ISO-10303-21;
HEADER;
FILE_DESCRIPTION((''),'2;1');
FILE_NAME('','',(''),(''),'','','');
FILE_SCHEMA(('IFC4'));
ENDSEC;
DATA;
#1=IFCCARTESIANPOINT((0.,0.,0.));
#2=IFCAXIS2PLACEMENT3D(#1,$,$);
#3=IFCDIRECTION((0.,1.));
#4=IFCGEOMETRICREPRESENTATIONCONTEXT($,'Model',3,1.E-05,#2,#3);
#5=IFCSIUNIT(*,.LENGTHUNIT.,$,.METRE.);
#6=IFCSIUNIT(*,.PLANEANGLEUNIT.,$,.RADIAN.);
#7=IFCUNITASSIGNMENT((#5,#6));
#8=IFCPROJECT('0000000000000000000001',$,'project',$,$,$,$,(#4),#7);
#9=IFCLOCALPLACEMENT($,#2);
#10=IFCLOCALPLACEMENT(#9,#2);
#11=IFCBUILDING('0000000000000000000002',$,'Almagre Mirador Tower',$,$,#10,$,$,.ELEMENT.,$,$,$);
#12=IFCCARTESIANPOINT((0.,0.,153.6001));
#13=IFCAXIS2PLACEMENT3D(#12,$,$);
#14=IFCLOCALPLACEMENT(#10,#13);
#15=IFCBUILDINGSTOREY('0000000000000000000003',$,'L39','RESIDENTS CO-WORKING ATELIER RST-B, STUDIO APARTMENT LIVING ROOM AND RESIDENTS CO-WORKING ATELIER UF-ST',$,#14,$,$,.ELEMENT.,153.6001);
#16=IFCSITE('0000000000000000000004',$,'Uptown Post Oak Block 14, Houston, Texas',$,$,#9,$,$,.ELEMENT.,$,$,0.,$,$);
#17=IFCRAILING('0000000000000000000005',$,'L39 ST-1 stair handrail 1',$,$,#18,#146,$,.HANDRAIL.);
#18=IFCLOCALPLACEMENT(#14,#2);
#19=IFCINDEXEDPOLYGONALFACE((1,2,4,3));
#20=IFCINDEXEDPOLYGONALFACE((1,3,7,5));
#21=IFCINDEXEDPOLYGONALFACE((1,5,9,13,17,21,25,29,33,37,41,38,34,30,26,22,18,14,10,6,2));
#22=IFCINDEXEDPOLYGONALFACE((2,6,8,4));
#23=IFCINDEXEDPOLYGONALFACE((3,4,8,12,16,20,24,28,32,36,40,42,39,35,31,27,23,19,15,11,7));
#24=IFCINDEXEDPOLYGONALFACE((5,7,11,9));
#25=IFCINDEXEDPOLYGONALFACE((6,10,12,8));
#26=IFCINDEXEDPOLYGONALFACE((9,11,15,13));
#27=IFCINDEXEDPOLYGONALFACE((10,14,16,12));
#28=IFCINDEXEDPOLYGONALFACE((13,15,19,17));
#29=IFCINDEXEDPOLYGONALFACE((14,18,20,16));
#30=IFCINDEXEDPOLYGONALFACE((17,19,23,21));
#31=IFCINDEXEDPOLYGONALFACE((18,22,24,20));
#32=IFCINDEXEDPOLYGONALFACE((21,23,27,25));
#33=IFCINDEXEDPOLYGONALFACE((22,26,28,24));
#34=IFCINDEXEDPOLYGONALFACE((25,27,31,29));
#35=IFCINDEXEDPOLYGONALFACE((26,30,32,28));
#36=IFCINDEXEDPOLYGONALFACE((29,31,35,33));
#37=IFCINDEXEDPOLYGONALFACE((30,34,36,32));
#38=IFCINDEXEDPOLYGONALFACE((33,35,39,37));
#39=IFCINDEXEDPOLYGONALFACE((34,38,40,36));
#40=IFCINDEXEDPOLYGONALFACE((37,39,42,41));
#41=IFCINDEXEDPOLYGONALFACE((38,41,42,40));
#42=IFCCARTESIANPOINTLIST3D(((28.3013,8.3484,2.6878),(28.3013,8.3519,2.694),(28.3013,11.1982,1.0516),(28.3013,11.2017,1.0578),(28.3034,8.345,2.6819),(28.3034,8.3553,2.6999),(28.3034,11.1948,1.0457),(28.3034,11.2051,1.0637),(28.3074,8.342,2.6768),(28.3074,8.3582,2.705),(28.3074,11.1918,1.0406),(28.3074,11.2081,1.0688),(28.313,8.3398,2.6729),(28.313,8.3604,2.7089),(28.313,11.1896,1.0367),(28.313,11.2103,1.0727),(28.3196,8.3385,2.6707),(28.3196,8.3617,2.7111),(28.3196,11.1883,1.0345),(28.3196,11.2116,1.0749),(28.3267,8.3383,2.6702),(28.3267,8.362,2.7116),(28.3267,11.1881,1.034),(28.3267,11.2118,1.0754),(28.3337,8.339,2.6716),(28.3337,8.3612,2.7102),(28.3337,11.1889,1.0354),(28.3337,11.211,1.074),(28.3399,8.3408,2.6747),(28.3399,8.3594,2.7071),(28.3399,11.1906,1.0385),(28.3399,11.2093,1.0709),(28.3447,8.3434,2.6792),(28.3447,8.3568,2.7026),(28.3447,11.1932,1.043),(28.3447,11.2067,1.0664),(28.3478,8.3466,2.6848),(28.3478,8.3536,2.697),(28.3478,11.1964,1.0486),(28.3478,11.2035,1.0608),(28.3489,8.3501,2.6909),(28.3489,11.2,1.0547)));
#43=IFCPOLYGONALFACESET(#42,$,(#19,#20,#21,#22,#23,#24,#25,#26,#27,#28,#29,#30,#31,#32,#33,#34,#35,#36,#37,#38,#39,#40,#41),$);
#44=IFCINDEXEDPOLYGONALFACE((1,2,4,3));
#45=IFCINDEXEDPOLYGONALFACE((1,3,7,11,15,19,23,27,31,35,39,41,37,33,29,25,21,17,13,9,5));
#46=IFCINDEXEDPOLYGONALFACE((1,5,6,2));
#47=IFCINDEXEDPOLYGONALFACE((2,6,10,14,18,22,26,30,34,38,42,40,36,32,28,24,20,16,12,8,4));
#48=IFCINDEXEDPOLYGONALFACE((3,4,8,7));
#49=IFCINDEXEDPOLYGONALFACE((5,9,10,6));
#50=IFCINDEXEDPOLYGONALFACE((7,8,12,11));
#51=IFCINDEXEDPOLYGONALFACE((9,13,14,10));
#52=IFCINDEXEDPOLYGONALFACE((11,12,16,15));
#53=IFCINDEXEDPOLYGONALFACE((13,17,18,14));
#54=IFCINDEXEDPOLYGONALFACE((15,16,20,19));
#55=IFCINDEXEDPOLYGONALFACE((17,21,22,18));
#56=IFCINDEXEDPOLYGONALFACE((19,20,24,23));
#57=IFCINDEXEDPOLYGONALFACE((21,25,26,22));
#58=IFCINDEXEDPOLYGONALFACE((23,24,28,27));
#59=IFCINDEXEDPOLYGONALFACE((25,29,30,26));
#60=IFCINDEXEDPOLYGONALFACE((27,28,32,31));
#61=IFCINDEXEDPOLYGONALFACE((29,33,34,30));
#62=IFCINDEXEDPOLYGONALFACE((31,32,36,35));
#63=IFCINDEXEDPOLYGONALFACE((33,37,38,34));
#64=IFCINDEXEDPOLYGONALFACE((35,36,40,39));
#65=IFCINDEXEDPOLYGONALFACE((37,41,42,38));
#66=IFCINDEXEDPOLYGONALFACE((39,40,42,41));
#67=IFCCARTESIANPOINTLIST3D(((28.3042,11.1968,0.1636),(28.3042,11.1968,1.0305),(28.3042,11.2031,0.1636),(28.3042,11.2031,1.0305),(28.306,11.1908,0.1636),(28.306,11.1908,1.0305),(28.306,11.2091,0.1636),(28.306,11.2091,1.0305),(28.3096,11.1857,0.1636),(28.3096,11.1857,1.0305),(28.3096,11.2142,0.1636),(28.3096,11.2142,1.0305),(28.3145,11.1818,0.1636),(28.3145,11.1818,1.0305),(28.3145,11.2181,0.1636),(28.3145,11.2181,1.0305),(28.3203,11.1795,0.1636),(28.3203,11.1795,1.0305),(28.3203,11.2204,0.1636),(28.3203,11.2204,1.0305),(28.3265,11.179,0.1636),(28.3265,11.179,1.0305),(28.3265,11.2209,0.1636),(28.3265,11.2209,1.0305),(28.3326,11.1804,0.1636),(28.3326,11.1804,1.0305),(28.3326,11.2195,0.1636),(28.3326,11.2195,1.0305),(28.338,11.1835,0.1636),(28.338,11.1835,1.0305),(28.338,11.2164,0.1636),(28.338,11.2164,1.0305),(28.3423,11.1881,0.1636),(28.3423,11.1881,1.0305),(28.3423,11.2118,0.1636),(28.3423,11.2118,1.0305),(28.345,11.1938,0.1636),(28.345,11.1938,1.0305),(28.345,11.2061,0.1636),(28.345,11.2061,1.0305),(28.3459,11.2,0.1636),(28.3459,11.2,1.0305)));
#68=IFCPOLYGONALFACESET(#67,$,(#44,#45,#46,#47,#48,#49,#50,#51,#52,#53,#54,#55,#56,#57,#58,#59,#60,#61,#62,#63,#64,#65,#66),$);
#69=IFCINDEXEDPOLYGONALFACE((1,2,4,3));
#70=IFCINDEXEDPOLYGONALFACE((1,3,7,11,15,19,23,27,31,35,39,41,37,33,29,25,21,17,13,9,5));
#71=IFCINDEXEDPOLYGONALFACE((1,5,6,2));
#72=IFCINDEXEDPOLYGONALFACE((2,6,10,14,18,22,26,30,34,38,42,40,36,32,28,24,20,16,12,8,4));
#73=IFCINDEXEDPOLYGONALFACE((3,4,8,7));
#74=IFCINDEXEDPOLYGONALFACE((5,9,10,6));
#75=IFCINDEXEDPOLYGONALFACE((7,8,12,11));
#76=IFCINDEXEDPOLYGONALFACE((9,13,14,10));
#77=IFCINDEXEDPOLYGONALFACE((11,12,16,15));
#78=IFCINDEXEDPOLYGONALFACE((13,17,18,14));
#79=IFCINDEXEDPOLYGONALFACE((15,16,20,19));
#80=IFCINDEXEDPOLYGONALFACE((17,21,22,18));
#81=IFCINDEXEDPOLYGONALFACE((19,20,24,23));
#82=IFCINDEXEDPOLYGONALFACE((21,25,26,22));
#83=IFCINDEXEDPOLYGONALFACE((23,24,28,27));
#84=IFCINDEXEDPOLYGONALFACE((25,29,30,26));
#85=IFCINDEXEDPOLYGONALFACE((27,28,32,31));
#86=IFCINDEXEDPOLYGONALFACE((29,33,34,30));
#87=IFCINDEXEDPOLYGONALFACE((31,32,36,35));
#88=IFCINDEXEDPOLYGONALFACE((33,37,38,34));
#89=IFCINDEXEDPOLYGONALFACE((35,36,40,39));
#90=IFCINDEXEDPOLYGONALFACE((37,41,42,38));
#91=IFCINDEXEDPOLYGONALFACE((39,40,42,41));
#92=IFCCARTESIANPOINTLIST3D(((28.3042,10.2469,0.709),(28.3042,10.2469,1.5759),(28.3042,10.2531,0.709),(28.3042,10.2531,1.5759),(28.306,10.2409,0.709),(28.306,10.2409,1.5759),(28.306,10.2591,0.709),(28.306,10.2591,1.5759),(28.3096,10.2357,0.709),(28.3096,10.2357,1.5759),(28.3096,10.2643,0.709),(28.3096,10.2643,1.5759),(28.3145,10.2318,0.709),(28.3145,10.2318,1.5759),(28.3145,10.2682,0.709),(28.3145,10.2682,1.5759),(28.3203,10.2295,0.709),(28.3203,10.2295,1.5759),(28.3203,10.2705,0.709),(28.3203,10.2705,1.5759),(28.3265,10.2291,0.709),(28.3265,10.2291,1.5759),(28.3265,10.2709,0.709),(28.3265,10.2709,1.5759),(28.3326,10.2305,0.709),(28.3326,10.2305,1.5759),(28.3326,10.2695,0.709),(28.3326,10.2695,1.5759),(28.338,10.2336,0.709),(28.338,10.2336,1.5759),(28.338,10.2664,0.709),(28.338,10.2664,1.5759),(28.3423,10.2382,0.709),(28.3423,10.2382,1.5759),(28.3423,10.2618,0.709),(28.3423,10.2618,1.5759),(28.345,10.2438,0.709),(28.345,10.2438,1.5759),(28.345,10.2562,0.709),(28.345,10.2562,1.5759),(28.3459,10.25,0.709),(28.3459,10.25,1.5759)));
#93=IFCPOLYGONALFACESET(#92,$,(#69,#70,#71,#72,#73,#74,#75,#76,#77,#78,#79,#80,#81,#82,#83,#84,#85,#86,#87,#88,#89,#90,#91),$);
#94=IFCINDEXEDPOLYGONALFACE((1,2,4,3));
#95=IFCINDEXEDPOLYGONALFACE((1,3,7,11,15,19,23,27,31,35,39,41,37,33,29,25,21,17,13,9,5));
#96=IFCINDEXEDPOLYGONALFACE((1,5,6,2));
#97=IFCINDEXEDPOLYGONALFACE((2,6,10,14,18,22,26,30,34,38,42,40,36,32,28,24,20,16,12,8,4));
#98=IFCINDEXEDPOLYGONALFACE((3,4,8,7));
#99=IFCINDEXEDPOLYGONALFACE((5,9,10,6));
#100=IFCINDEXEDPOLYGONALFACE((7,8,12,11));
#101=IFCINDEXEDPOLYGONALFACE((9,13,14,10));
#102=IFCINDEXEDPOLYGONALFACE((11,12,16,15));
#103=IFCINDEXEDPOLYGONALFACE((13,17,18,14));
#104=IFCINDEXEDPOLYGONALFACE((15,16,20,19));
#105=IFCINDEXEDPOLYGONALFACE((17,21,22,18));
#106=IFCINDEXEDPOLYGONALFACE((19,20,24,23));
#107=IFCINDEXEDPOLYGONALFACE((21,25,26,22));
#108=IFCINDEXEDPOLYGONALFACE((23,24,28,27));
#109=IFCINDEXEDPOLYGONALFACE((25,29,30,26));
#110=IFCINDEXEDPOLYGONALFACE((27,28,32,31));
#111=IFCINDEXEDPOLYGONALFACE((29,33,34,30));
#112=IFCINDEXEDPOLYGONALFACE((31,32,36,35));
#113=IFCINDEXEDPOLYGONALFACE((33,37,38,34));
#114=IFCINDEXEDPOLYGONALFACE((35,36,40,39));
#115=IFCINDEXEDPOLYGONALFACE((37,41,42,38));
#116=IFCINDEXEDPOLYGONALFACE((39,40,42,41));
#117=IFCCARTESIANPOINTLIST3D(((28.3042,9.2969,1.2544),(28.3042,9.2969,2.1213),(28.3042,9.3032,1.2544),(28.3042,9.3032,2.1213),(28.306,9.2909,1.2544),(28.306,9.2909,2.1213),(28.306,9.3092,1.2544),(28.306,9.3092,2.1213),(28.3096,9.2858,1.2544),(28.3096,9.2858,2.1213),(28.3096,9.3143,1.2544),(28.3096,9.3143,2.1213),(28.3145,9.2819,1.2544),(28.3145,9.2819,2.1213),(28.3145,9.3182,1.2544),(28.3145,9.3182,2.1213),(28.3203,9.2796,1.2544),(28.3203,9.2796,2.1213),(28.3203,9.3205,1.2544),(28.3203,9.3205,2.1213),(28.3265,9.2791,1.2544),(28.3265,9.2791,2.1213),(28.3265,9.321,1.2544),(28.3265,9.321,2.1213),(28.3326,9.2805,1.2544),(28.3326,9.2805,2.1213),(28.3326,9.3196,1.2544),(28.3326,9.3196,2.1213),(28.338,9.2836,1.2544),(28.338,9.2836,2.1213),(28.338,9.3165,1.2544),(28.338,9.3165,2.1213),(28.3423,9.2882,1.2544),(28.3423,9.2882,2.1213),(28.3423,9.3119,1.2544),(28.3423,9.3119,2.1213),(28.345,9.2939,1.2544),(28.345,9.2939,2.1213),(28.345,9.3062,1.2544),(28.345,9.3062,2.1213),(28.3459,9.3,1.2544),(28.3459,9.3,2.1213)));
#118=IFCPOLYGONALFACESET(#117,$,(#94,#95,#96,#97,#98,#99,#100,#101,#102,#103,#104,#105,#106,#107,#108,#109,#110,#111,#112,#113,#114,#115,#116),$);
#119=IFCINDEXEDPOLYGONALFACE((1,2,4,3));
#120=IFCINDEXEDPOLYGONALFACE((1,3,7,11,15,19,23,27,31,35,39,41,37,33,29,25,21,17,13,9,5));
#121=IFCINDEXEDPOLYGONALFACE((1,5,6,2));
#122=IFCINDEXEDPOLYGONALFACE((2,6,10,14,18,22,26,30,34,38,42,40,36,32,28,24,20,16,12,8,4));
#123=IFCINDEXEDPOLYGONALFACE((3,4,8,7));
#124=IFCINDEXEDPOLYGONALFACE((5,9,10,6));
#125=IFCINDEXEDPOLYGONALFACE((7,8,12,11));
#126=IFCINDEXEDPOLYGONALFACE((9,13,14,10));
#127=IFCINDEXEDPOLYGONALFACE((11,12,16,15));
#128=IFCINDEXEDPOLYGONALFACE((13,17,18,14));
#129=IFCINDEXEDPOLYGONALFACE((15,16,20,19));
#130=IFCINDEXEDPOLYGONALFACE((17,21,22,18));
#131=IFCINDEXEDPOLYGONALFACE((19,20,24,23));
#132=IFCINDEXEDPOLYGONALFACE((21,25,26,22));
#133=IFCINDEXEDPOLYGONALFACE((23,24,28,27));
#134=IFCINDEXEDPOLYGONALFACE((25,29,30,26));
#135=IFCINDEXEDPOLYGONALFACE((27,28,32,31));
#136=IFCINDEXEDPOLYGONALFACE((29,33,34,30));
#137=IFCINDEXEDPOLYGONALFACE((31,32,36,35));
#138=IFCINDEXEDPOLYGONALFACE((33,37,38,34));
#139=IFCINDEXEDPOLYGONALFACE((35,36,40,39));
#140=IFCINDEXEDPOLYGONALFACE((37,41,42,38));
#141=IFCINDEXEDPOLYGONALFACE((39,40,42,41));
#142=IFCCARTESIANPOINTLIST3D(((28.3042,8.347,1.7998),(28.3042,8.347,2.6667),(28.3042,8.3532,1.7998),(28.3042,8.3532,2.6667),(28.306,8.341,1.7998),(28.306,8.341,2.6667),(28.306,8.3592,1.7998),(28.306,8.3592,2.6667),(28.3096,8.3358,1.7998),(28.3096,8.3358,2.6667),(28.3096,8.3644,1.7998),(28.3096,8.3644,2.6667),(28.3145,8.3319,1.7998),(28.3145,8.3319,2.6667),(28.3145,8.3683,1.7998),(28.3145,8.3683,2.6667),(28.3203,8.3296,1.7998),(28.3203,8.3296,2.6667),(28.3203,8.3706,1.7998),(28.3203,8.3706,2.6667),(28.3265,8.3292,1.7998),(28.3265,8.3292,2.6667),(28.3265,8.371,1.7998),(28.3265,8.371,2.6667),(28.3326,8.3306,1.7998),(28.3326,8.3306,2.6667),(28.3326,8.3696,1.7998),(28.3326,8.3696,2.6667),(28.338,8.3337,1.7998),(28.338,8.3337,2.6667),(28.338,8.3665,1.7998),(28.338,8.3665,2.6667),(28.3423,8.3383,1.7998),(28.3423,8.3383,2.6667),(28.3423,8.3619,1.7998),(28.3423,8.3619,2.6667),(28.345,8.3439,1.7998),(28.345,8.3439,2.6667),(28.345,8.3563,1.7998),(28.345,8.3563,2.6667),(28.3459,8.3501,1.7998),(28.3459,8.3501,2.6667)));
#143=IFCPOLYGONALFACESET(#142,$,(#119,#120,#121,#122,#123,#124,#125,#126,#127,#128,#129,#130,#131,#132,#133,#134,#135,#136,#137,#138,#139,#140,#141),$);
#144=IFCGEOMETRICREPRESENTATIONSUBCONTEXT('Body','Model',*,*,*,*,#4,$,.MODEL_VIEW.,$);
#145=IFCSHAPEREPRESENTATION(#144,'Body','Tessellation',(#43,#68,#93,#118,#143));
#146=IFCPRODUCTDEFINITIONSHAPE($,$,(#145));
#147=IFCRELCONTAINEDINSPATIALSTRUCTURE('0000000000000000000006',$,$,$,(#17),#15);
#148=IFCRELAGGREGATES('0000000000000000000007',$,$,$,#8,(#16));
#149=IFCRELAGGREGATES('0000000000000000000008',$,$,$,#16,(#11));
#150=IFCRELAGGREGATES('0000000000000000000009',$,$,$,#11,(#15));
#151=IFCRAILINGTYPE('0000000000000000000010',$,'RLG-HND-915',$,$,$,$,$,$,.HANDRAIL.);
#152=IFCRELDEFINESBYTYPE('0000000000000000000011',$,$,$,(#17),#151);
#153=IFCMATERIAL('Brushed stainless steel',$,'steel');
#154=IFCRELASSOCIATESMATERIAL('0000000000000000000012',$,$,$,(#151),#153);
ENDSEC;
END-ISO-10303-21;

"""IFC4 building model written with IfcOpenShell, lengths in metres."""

from ifc_helpers import new_model, si_unit, direction, frame, origin, origin_2d, place, context, subcontext, project, spatial, circle, extrude, material, type_object, element, save


model = new_model("IFC4")

# Units and contexts
model_context = context("Model", 3, precision=1e-05, world=origin(), true_north=direction((0.0, 1.0)))
body_context = subcontext(model_context, "Body", "Model", "MODEL_VIEW")
ifc_project = project(units=[si_unit("LENGTHUNIT", "METRE"), si_unit("PLANEANGLEUNIT", "RADIAN")], contexts=[model_context])

# Site, building, storey
site_placement = place(None, origin())
site = spatial("IfcSite", under=ifc_project, at=site_placement, Name="Uptown Post Oak Block 14, Houston, Texas", CompositionType="ELEMENT", RefElevation=0.0)
building_placement = place(site_placement, origin())
building = spatial("IfcBuilding", under=site, at=building_placement, Name="Almagre Mirador Tower", CompositionType="ELEMENT")
storey_placement = place(building_placement, frame((0.0, 0.0, 153.6001)))
storey = spatial("IfcBuildingStorey", under=building, at=storey_placement, Name="L39", Description="RESIDENTS CO-WORKING ATELIER RST-B, STUDIO APARTMENT LIVING ROOM AND RESIDENTS CO-WORKING ATELIER UF-ST", CompositionType="ELEMENT", Elevation=153.6001)

# Railing
ifc_material_1 = material(Name="Brushed stainless steel", Category="steel")
railing_type_1 = type_object("IfcRailingType", Name="RLG-HND-915", PredefinedType="HANDRAIL", material=ifc_material_1)
railing_1_placement = place(storey_placement, frame((28.325, 11.2, 0.1636)))
element("IfcRailing", 1, at=railing_1_placement, inside=storey, type_object=railing_type_1, Name="L39 ST-1 stair handrail 1", PredefinedType="HANDRAIL", context=body_context, shape_type="SweptSolid", body=[
    extrude(circle(Radius=0.0239, at=origin_2d()), frame((0.0, 0.0, 0.8911), z_axis=(0.0, -0.867226, 0.497914), x_axis=(1.0, 0.0, 0.0)), (0.0, 0.0, 1.0), 3.2861),
    extrude(circle(Radius=0.021, at=origin_2d()), origin(), (0.0, 0.0, 1.0), 0.8669),
    extrude(circle(Radius=0.021, at=origin_2d()), frame((0.0, -0.95, 0.5454)), (0.0, 0.0, 1.0), 0.8669),
    extrude(circle(Radius=0.021, at=origin_2d()), frame((0.0, -1.8999, 1.0908)), (0.0, 0.0, 1.0), 0.8669),
    extrude(circle(Radius=0.021, at=origin_2d()), frame((0.0, -2.8499, 1.6362)), (0.0, 0.0, 1.0), 0.8669),
])

save(model, "model.ifc")
